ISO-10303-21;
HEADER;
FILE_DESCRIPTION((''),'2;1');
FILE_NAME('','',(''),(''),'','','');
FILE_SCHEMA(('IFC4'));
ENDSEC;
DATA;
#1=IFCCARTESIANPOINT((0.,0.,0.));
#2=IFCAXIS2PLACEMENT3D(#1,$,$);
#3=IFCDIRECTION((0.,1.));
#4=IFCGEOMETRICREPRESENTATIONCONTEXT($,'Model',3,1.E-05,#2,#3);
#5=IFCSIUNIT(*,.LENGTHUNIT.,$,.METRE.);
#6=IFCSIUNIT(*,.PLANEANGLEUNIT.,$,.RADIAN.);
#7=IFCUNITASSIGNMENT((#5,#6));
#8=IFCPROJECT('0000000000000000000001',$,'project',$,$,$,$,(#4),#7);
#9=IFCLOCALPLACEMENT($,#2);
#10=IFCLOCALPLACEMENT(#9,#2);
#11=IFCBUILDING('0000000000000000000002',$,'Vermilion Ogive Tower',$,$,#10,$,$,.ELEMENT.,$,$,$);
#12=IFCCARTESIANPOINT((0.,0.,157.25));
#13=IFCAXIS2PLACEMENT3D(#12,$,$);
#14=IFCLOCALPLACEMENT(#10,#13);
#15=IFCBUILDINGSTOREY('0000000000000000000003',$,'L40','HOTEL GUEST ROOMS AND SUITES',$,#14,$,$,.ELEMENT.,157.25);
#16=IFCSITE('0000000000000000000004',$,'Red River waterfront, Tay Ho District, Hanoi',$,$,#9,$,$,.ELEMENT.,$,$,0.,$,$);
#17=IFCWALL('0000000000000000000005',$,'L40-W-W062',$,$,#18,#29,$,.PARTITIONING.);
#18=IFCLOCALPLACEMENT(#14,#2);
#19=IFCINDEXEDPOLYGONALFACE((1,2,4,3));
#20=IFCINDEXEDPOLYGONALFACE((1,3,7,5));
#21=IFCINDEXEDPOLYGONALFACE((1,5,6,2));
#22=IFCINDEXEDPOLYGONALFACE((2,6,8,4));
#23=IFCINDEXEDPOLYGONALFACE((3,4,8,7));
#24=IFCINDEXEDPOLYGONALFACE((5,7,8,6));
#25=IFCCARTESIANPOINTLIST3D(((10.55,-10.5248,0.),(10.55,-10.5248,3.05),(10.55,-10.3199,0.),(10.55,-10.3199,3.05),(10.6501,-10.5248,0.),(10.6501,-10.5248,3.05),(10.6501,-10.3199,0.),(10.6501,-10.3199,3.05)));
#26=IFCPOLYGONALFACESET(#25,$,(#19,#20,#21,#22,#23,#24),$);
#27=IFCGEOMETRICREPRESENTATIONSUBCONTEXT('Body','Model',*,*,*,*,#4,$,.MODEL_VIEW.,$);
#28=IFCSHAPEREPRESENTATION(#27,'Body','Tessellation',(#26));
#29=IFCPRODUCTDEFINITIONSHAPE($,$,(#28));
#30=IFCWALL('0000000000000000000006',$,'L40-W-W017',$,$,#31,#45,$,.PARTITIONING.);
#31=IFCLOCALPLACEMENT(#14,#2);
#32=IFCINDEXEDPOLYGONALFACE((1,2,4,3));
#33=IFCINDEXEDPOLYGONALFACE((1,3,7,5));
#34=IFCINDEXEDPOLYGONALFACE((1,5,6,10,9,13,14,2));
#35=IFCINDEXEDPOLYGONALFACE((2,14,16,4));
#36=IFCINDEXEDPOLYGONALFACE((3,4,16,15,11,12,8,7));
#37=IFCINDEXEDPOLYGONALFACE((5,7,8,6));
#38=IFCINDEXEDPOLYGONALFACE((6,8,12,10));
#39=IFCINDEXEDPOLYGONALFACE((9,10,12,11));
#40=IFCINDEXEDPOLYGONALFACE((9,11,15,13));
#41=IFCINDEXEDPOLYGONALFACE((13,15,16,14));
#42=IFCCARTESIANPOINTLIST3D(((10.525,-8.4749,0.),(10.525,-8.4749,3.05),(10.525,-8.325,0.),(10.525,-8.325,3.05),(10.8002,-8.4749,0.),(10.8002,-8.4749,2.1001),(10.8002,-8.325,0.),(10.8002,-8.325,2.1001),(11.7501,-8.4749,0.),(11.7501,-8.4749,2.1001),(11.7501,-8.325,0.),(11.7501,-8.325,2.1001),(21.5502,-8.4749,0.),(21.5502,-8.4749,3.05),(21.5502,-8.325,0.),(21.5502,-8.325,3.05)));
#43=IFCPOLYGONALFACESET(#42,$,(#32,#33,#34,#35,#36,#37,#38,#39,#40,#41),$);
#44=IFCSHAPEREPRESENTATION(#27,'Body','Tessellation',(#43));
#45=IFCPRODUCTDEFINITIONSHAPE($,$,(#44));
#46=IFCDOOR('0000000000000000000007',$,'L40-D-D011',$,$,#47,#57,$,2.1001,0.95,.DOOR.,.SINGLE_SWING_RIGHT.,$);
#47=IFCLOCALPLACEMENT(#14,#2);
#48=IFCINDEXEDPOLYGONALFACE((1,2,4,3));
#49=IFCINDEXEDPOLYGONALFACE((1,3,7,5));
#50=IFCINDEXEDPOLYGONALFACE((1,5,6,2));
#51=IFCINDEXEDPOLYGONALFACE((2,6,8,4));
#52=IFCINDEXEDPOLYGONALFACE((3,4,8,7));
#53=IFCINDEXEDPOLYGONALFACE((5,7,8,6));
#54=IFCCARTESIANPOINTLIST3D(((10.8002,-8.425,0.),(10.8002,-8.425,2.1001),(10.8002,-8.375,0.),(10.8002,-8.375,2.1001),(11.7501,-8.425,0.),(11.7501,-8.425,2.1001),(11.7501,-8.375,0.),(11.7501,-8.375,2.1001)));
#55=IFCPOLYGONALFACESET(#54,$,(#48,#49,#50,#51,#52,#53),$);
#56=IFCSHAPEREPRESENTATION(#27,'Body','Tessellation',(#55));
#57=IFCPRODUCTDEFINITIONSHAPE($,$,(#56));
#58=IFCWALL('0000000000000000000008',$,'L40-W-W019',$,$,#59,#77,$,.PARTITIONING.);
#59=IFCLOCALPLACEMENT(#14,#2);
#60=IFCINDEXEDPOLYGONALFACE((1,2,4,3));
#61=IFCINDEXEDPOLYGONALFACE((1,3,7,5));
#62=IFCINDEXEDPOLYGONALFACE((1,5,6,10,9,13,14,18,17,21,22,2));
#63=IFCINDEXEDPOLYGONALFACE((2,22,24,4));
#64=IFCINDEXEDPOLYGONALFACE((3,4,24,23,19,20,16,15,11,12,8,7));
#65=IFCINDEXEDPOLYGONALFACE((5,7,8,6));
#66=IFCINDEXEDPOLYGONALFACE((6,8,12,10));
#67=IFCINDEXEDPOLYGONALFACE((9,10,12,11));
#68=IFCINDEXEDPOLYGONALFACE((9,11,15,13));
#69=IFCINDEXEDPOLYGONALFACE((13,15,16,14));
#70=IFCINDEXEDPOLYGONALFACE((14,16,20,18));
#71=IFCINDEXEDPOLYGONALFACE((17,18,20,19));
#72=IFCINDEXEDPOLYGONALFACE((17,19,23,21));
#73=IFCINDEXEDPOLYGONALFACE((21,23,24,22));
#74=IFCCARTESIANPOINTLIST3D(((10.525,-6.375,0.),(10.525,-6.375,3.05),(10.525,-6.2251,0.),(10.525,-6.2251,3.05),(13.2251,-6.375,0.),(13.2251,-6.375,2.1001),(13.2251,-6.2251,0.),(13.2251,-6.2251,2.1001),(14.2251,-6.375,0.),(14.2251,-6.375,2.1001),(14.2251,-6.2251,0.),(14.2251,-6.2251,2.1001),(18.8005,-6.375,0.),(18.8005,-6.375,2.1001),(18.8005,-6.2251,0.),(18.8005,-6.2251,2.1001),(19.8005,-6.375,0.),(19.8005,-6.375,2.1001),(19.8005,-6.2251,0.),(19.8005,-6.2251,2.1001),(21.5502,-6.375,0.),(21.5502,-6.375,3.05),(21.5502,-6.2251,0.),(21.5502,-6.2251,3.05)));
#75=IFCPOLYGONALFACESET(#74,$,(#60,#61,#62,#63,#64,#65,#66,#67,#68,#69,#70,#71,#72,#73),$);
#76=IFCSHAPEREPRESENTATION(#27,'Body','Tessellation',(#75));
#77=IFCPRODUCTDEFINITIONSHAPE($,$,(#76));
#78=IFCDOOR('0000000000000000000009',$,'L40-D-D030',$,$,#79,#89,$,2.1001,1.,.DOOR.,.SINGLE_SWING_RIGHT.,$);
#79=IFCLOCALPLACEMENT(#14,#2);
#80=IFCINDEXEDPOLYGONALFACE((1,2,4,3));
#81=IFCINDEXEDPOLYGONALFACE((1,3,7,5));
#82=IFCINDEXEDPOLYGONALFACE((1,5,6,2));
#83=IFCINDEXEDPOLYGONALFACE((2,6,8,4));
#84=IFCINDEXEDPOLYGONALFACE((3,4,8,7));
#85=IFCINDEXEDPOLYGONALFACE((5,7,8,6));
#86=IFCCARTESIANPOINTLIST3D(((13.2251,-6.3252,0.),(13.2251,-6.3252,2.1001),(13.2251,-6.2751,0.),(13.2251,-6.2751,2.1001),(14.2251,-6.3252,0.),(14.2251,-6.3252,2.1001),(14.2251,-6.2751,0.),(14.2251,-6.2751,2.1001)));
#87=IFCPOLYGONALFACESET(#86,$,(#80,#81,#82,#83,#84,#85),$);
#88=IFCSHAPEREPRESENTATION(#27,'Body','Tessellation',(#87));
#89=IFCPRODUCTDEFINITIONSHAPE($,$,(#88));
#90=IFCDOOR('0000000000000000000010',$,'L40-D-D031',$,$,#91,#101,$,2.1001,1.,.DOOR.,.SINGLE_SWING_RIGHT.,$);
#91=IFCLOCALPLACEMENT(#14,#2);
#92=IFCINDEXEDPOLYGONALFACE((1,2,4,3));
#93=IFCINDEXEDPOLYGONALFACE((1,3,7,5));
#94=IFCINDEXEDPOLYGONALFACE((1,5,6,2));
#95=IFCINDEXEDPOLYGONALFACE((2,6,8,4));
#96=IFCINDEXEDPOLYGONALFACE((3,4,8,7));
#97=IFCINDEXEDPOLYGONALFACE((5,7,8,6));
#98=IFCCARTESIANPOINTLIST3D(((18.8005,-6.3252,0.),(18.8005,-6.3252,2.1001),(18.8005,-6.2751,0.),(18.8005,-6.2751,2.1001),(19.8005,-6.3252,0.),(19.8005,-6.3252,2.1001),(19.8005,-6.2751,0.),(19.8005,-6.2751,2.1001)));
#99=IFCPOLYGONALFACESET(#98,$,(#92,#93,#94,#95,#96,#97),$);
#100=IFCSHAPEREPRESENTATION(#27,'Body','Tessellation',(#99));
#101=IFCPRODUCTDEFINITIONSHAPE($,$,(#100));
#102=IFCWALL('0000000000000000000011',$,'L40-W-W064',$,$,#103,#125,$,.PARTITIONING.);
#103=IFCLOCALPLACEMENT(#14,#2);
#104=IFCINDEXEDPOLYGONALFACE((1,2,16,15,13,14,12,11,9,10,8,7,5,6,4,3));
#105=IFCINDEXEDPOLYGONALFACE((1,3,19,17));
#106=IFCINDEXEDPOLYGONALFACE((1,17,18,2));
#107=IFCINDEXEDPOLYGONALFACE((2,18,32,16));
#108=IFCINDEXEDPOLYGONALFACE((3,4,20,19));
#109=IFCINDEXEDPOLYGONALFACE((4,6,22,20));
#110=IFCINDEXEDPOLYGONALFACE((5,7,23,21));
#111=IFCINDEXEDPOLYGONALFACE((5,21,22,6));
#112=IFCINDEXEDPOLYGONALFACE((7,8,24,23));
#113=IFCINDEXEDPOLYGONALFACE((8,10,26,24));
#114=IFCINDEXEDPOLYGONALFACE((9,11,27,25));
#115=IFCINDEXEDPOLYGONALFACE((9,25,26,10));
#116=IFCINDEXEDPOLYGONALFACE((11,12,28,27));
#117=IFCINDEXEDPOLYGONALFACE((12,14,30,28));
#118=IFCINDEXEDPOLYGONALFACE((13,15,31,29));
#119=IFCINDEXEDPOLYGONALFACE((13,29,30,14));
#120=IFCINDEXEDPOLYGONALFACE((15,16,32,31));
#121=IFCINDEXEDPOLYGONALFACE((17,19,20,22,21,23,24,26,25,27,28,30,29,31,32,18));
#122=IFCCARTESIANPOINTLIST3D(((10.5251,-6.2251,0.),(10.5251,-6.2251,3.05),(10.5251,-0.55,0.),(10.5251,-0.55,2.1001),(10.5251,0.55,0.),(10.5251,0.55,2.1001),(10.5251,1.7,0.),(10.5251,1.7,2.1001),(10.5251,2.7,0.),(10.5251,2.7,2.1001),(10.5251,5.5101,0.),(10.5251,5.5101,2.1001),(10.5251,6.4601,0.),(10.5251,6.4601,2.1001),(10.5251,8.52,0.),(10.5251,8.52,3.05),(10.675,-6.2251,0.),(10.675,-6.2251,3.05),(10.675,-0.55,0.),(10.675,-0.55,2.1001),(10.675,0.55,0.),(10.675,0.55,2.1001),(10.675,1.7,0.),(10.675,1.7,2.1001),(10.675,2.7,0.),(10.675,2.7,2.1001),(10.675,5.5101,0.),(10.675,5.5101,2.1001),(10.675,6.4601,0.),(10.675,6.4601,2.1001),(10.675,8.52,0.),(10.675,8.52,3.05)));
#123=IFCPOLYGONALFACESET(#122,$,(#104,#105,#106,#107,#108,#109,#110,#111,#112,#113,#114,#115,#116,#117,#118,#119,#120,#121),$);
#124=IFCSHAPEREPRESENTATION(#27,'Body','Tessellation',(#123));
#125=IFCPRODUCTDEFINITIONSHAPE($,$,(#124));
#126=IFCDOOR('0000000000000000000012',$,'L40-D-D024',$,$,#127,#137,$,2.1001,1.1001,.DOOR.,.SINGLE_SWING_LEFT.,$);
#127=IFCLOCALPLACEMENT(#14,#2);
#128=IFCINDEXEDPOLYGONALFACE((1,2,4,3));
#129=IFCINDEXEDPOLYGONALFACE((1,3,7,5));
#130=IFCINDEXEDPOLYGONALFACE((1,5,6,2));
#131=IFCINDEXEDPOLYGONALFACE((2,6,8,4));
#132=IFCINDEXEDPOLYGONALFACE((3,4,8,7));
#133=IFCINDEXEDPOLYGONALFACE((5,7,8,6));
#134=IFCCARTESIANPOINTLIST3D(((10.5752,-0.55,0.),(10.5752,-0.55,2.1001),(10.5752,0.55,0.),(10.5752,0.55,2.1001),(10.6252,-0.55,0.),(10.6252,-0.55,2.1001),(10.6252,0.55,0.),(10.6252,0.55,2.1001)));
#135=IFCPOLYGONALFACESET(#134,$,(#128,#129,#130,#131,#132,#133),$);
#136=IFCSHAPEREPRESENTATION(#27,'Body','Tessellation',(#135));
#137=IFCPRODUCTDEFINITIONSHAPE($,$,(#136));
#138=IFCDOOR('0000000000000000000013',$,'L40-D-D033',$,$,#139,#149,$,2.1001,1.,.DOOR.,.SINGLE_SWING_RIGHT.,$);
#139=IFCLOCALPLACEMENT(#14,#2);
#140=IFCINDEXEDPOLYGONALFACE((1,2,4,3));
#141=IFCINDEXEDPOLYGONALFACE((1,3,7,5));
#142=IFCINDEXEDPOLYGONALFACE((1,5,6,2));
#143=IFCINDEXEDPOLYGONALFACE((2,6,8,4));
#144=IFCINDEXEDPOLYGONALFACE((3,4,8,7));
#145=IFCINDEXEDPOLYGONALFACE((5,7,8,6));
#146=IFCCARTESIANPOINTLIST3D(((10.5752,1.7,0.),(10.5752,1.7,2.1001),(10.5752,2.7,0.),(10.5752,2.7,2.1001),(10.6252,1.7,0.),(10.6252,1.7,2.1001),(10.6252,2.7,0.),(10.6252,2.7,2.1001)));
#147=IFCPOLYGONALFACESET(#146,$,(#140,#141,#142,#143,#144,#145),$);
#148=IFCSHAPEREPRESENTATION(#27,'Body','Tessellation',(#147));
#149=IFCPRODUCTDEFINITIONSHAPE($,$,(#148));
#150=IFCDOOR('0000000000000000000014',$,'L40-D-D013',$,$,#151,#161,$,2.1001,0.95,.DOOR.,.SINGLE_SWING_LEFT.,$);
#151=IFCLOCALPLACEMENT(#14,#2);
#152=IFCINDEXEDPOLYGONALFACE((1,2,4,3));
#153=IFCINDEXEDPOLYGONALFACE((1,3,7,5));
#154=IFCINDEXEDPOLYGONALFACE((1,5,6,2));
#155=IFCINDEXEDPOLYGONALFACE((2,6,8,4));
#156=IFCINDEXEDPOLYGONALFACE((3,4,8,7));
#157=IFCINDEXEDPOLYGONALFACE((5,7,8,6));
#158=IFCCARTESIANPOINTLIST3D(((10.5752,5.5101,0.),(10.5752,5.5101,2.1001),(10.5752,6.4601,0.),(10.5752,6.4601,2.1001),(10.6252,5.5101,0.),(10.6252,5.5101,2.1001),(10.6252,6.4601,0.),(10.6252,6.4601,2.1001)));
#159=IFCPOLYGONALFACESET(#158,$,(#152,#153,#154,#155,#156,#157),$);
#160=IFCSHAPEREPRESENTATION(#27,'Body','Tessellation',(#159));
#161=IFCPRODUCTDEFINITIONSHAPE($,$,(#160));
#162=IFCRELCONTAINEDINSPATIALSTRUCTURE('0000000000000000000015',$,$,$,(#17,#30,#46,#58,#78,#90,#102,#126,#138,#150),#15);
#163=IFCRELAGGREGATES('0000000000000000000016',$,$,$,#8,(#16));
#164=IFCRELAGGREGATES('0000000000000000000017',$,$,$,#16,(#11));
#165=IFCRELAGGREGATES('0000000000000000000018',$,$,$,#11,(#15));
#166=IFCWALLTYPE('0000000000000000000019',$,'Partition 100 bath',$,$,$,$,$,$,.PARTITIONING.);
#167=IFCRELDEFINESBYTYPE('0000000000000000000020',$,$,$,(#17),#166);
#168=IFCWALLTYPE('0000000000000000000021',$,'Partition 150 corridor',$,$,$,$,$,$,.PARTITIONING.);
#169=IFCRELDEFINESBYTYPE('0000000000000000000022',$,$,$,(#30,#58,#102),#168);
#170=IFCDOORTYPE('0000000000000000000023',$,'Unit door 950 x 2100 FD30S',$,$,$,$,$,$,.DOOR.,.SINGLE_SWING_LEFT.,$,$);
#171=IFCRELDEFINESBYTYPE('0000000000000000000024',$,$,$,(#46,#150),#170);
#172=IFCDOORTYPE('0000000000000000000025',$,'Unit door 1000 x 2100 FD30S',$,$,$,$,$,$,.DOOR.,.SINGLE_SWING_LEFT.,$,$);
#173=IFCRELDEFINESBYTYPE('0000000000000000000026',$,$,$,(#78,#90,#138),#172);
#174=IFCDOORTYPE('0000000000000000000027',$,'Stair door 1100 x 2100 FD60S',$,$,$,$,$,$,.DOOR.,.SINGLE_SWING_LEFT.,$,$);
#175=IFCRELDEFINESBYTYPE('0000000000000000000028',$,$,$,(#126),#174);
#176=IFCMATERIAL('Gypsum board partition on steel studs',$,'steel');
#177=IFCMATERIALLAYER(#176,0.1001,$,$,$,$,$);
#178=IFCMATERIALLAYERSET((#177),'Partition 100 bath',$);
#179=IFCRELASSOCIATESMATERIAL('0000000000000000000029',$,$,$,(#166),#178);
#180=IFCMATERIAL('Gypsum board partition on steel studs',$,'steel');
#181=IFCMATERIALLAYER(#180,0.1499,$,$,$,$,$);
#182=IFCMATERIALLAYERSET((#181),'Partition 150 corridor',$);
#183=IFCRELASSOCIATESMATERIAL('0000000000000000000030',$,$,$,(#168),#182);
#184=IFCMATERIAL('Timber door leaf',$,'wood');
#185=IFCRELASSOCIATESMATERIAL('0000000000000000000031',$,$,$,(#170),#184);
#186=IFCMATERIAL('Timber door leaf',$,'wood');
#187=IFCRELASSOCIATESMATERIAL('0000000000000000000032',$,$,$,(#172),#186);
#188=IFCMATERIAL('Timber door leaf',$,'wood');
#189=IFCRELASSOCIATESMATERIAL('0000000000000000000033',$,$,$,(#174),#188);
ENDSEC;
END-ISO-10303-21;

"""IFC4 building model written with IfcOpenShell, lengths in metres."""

from ifc_helpers import new_model, si_unit, direction, frame, frame_2d, origin, place, context, subcontext, project, spatial, rectangle, extrude, material, layer, layer_set, type_object, element, fill, save


model = new_model("IFC4")

# Units and contexts
model_context = context("Model", 3, precision=1e-05, world=origin(), true_north=direction((0.0, 1.0)))
body_context = subcontext(model_context, "Body", "Model", "MODEL_VIEW")
ifc_project = project(units=[si_unit("LENGTHUNIT", "METRE"), si_unit("PLANEANGLEUNIT", "RADIAN")], contexts=[model_context])

# Site, building, storey
site_placement = place(None, origin())
site = spatial("IfcSite", under=ifc_project, at=site_placement, Name="Red River waterfront, Tay Ho District, Hanoi", CompositionType="ELEMENT", RefElevation=0.0)
building_placement = place(site_placement, origin())
building = spatial("IfcBuilding", under=site, at=building_placement, Name="Vermilion Ogive Tower", CompositionType="ELEMENT")
storey_placement = place(building_placement, frame((0.0, 0.0, 157.25)))
storey = spatial("IfcBuildingStorey", under=building, at=storey_placement, Name="L40", Description="HOTEL GUEST ROOMS AND SUITES", CompositionType="ELEMENT", Elevation=157.25)

# Wall
ifc_material_1 = material(Name="Gypsum board partition on steel studs", Category="steel")
ifc_layer_1 = layer(ifc_material_1, 0.1001)
ifc_layer_set_1 = layer_set([ifc_layer_1], Name="Partition 100 bath")
wall_type_1 = type_object("IfcWallType", Name="Partition 100 bath", PredefinedType="PARTITIONING", material=ifc_layer_set_1)
wall_1_placement = place(storey_placement, frame((10.6001, -10.5249, 0.0), z_axis=(0.0, 0.0, 1.0), x_axis=(0.0, 1.0, 0.0)))
element("IfcWall", 1, at=wall_1_placement, inside=storey, type_object=wall_type_1, Name="L40-W-W062", PredefinedType="PARTITIONING", context=body_context, shape_type="SweptSolid", body=[
    extrude(rectangle(XDim=0.2048, YDim=0.1001, at=frame_2d((0.1025, 0.0))), origin(), (0.0, 0.0, 1.0), 3.05),
])

# Wall, opening, door
ifc_material_2 = material(Name="Gypsum board partition on steel studs", Category="steel")
ifc_layer_2 = layer(ifc_material_2, 0.1499)
ifc_layer_set_2 = layer_set([ifc_layer_2], Name="Partition 150 corridor")
wall_type_2 = type_object("IfcWallType", Name="Partition 150 corridor", PredefinedType="PARTITIONING", material=ifc_layer_set_2)
wall_2_placement = place(storey_placement, frame((10.5249, -8.3999, 0.0), z_axis=(0.0, 0.0, 1.0), x_axis=(1.0, 0.0, 0.0)))
wall_2 = element("IfcWall", 2, at=wall_2_placement, inside=storey, type_object=wall_type_2, Name="L40-W-W017", PredefinedType="PARTITIONING", context=body_context, shape_type="SweptSolid", body=[
    extrude(rectangle(XDim=11.0251, YDim=0.1499, at=frame_2d((5.5127, 0.0))), origin(), (0.0, 0.0, 1.0), 3.05),
])
opening_1_placement = place(wall_2_placement, frame((0.2751, 0.0, 0.0)))
opening_1 = element("IfcOpeningElement", 3, at=opening_1_placement, cuts=wall_2, PredefinedType="OPENING", context=body_context, shape_type="SweptSolid", body=[
    extrude(rectangle(XDim=0.95, YDim=2.1001, at=frame_2d((0.4751, 1.05))), frame((0.0, 0.085, 0.0), z_axis=(0.0, -1.0, 0.0), x_axis=(1.0, 0.0, 0.0)), (0.0, 0.0, 1.0), 0.1699),
])
ifc_material_3 = material(Name="Timber door leaf", Category="wood")
door_type_1 = type_object("IfcDoorType", Name="Unit door 950 x 2100 FD30S", OperationType="SINGLE_SWING_LEFT", PredefinedType="DOOR", material=ifc_material_3)
door_1_placement = place(opening_1_placement, origin())
door_1 = element("IfcDoor", 4, at=door_1_placement, inside=storey, type_object=door_type_1, Name="L40-D-D011", OperationType="SINGLE_SWING_RIGHT", OverallHeight=2.1001, OverallWidth=0.95, PredefinedType="DOOR", context=body_context, shape_type="SweptSolid", body=[
    extrude(rectangle(XDim=0.95, YDim=2.1001, at=frame_2d((0.4751, 1.05))), frame((0.0, 0.0249, 0.0), z_axis=(0.0, -1.0, 0.0), x_axis=(1.0, 0.0, 0.0)), (0.0, 0.0, 1.0), 0.05),
])
fill(opening_1, door_1)

# Wall, openings, doors
wall_3_placement = place(storey_placement, frame((10.5249, -6.3, 0.0), z_axis=(0.0, 0.0, 1.0), x_axis=(1.0, 0.0, 0.0)))
wall_3 = element("IfcWall", 5, at=wall_3_placement, inside=storey, type_object=wall_type_2, Name="L40-W-W019", PredefinedType="PARTITIONING", context=body_context, shape_type="SweptSolid", body=[
    extrude(rectangle(XDim=11.0251, YDim=0.1499, at=frame_2d((5.5127, 0.0))), origin(), (0.0, 0.0, 1.0), 3.05),
])
opening_2_placement = place(wall_3_placement, frame((2.7002, 0.0, 0.0)))
opening_2 = element("IfcOpeningElement", 6, at=opening_2_placement, cuts=wall_3, PredefinedType="OPENING", context=body_context, shape_type="SweptSolid", body=[
    extrude(rectangle(XDim=1.0, YDim=2.1001, at=frame_2d((0.5, 1.05))), frame((0.0, 0.085, 0.0), z_axis=(0.0, -1.0, 0.0), x_axis=(1.0, 0.0, 0.0)), (0.0, 0.0, 1.0), 0.1699),
])
opening_3_placement = place(wall_3_placement, frame((8.2756, 0.0, 0.0)))
opening_3 = element("IfcOpeningElement", 7, at=opening_3_placement, cuts=wall_3, PredefinedType="OPENING", context=body_context, shape_type="SweptSolid", body=[
    extrude(rectangle(XDim=1.0, YDim=2.1001, at=frame_2d((0.5, 1.05))), frame((0.0, 0.085, 0.0), z_axis=(0.0, -1.0, 0.0), x_axis=(1.0, 0.0, 0.0)), (0.0, 0.0, 1.0), 0.1699),
])
ifc_material_4 = material(Name="Timber door leaf", Category="wood")
door_type_2 = type_object("IfcDoorType", Name="Unit door 1000 x 2100 FD30S", OperationType="SINGLE_SWING_LEFT", PredefinedType="DOOR", material=ifc_material_4)
door_2_placement = place(opening_2_placement, origin())
door_2 = element("IfcDoor", 8, at=door_2_placement, inside=storey, type_object=door_type_2, Name="L40-D-D030", OperationType="SINGLE_SWING_RIGHT", OverallHeight=2.1001, OverallWidth=1.0, PredefinedType="DOOR", context=body_context, shape_type="SweptSolid", body=[
    extrude(rectangle(XDim=1.0, YDim=2.1001, at=frame_2d((0.5, 1.05))), frame((0.0, 0.0249, 0.0), z_axis=(0.0, -1.0, 0.0), x_axis=(1.0, 0.0, 0.0)), (0.0, 0.0, 1.0), 0.05),
])
fill(opening_2, door_2)
door_3_placement = place(opening_3_placement, origin())
door_3 = element("IfcDoor", 9, at=door_3_placement, inside=storey, type_object=door_type_2, Name="L40-D-D031", OperationType="SINGLE_SWING_RIGHT", OverallHeight=2.1001, OverallWidth=1.0, PredefinedType="DOOR", context=body_context, shape_type="SweptSolid", body=[
    extrude(rectangle(XDim=1.0, YDim=2.1001, at=frame_2d((0.5, 1.05))), frame((0.0, 0.0249, 0.0), z_axis=(0.0, -1.0, 0.0), x_axis=(1.0, 0.0, 0.0)), (0.0, 0.0, 1.0), 0.05),
])
fill(opening_3, door_3)

# Wall, openings, doors
wall_4_placement = place(storey_placement, frame((10.6001, -6.2251, 0.0), z_axis=(0.0, 0.0, 1.0), x_axis=(0.0, 1.0, 0.0)))
wall_4 = element("IfcWall", 10, at=wall_4_placement, inside=storey, type_object=wall_type_2, Name="L40-W-W064", PredefinedType="PARTITIONING", context=body_context, shape_type="SweptSolid", body=[
    extrude(rectangle(XDim=14.7451, YDim=0.1499, at=frame_2d((7.3726, 0.0))), origin(), (0.0, 0.0, 1.0), 3.05),
])
opening_4_placement = place(wall_4_placement, frame((11.7351, 0.0, 0.0)))
opening_4 = element("IfcOpeningElement", 11, at=opening_4_placement, cuts=wall_4, PredefinedType="OPENING", context=body_context, shape_type="SweptSolid", body=[
    extrude(rectangle(XDim=0.95, YDim=2.1001, at=frame_2d((0.4751, 1.05))), frame((0.0, 0.085, 0.0), z_axis=(0.0, -1.0, 0.0), x_axis=(1.0, 0.0, 0.0)), (0.0, 0.0, 1.0), 0.1699),
])
opening_5_placement = place(wall_4_placement, frame((5.675, 0.0, 0.0)))
opening_5 = element("IfcOpeningElement", 12, at=opening_5_placement, cuts=wall_4, PredefinedType="OPENING", context=body_context, shape_type="SweptSolid", body=[
    extrude(rectangle(XDim=1.1001, YDim=2.1001, at=frame_2d((0.55, 1.05))), frame((0.0, 0.085, 0.0), z_axis=(0.0, -1.0, 0.0), x_axis=(1.0, 0.0, 0.0)), (0.0, 0.0, 1.0), 0.1699),
])
opening_6_placement = place(wall_4_placement, frame((7.925, 0.0, 0.0)))
opening_6 = element("IfcOpeningElement", 13, at=opening_6_placement, cuts=wall_4, PredefinedType="OPENING", context=body_context, shape_type="SweptSolid", body=[
    extrude(rectangle(XDim=1.0, YDim=2.1001, at=frame_2d((0.5, 1.05))), frame((0.0, 0.085, 0.0), z_axis=(0.0, -1.0, 0.0), x_axis=(1.0, 0.0, 0.0)), (0.0, 0.0, 1.0), 0.1699),
])
ifc_material_5 = material(Name="Timber door leaf", Category="wood")
door_type_3 = type_object("IfcDoorType", Name="Stair door 1100 x 2100 FD60S", OperationType="SINGLE_SWING_LEFT", PredefinedType="DOOR", material=ifc_material_5)
door_4_placement = place(opening_5_placement, origin())
door_4 = element("IfcDoor", 14, at=door_4_placement, inside=storey, type_object=door_type_3, Name="L40-D-D024", OperationType="SINGLE_SWING_LEFT", OverallHeight=2.1001, OverallWidth=1.1001, PredefinedType="DOOR", context=body_context, shape_type="SweptSolid", body=[
    extrude(rectangle(XDim=1.1001, YDim=2.1001, at=frame_2d((0.55, 1.05))), frame((0.0, 0.0249, 0.0), z_axis=(0.0, -1.0, 0.0), x_axis=(1.0, 0.0, 0.0)), (0.0, 0.0, 1.0), 0.05),
])
fill(opening_5, door_4)
door_5_placement = place(opening_6_placement, origin())
door_5 = element("IfcDoor", 15, at=door_5_placement, inside=storey, type_object=door_type_2, Name="L40-D-D033", OperationType="SINGLE_SWING_RIGHT", OverallHeight=2.1001, OverallWidth=1.0, PredefinedType="DOOR", context=body_context, shape_type="SweptSolid", body=[
    extrude(rectangle(XDim=1.0, YDim=2.1001, at=frame_2d((0.5, 1.05))), frame((0.0, 0.0249, 0.0), z_axis=(0.0, -1.0, 0.0), x_axis=(1.0, 0.0, 0.0)), (0.0, 0.0, 1.0), 0.05),
])
fill(opening_6, door_5)
door_6_placement = place(opening_4_placement, origin())
door_6 = element("IfcDoor", 16, at=door_6_placement, inside=storey, type_object=door_type_1, Name="L40-D-D013", OperationType="SINGLE_SWING_LEFT", OverallHeight=2.1001, OverallWidth=0.95, PredefinedType="DOOR", context=body_context, shape_type="SweptSolid", body=[
    extrude(rectangle(XDim=0.95, YDim=2.1001, at=frame_2d((0.4751, 1.05))), frame((0.0, 0.0249, 0.0), z_axis=(0.0, -1.0, 0.0), x_axis=(1.0, 0.0, 0.0)), (0.0, 0.0, 1.0), 0.05),
])
fill(opening_4, door_6)

save(model, "model.ifc")
